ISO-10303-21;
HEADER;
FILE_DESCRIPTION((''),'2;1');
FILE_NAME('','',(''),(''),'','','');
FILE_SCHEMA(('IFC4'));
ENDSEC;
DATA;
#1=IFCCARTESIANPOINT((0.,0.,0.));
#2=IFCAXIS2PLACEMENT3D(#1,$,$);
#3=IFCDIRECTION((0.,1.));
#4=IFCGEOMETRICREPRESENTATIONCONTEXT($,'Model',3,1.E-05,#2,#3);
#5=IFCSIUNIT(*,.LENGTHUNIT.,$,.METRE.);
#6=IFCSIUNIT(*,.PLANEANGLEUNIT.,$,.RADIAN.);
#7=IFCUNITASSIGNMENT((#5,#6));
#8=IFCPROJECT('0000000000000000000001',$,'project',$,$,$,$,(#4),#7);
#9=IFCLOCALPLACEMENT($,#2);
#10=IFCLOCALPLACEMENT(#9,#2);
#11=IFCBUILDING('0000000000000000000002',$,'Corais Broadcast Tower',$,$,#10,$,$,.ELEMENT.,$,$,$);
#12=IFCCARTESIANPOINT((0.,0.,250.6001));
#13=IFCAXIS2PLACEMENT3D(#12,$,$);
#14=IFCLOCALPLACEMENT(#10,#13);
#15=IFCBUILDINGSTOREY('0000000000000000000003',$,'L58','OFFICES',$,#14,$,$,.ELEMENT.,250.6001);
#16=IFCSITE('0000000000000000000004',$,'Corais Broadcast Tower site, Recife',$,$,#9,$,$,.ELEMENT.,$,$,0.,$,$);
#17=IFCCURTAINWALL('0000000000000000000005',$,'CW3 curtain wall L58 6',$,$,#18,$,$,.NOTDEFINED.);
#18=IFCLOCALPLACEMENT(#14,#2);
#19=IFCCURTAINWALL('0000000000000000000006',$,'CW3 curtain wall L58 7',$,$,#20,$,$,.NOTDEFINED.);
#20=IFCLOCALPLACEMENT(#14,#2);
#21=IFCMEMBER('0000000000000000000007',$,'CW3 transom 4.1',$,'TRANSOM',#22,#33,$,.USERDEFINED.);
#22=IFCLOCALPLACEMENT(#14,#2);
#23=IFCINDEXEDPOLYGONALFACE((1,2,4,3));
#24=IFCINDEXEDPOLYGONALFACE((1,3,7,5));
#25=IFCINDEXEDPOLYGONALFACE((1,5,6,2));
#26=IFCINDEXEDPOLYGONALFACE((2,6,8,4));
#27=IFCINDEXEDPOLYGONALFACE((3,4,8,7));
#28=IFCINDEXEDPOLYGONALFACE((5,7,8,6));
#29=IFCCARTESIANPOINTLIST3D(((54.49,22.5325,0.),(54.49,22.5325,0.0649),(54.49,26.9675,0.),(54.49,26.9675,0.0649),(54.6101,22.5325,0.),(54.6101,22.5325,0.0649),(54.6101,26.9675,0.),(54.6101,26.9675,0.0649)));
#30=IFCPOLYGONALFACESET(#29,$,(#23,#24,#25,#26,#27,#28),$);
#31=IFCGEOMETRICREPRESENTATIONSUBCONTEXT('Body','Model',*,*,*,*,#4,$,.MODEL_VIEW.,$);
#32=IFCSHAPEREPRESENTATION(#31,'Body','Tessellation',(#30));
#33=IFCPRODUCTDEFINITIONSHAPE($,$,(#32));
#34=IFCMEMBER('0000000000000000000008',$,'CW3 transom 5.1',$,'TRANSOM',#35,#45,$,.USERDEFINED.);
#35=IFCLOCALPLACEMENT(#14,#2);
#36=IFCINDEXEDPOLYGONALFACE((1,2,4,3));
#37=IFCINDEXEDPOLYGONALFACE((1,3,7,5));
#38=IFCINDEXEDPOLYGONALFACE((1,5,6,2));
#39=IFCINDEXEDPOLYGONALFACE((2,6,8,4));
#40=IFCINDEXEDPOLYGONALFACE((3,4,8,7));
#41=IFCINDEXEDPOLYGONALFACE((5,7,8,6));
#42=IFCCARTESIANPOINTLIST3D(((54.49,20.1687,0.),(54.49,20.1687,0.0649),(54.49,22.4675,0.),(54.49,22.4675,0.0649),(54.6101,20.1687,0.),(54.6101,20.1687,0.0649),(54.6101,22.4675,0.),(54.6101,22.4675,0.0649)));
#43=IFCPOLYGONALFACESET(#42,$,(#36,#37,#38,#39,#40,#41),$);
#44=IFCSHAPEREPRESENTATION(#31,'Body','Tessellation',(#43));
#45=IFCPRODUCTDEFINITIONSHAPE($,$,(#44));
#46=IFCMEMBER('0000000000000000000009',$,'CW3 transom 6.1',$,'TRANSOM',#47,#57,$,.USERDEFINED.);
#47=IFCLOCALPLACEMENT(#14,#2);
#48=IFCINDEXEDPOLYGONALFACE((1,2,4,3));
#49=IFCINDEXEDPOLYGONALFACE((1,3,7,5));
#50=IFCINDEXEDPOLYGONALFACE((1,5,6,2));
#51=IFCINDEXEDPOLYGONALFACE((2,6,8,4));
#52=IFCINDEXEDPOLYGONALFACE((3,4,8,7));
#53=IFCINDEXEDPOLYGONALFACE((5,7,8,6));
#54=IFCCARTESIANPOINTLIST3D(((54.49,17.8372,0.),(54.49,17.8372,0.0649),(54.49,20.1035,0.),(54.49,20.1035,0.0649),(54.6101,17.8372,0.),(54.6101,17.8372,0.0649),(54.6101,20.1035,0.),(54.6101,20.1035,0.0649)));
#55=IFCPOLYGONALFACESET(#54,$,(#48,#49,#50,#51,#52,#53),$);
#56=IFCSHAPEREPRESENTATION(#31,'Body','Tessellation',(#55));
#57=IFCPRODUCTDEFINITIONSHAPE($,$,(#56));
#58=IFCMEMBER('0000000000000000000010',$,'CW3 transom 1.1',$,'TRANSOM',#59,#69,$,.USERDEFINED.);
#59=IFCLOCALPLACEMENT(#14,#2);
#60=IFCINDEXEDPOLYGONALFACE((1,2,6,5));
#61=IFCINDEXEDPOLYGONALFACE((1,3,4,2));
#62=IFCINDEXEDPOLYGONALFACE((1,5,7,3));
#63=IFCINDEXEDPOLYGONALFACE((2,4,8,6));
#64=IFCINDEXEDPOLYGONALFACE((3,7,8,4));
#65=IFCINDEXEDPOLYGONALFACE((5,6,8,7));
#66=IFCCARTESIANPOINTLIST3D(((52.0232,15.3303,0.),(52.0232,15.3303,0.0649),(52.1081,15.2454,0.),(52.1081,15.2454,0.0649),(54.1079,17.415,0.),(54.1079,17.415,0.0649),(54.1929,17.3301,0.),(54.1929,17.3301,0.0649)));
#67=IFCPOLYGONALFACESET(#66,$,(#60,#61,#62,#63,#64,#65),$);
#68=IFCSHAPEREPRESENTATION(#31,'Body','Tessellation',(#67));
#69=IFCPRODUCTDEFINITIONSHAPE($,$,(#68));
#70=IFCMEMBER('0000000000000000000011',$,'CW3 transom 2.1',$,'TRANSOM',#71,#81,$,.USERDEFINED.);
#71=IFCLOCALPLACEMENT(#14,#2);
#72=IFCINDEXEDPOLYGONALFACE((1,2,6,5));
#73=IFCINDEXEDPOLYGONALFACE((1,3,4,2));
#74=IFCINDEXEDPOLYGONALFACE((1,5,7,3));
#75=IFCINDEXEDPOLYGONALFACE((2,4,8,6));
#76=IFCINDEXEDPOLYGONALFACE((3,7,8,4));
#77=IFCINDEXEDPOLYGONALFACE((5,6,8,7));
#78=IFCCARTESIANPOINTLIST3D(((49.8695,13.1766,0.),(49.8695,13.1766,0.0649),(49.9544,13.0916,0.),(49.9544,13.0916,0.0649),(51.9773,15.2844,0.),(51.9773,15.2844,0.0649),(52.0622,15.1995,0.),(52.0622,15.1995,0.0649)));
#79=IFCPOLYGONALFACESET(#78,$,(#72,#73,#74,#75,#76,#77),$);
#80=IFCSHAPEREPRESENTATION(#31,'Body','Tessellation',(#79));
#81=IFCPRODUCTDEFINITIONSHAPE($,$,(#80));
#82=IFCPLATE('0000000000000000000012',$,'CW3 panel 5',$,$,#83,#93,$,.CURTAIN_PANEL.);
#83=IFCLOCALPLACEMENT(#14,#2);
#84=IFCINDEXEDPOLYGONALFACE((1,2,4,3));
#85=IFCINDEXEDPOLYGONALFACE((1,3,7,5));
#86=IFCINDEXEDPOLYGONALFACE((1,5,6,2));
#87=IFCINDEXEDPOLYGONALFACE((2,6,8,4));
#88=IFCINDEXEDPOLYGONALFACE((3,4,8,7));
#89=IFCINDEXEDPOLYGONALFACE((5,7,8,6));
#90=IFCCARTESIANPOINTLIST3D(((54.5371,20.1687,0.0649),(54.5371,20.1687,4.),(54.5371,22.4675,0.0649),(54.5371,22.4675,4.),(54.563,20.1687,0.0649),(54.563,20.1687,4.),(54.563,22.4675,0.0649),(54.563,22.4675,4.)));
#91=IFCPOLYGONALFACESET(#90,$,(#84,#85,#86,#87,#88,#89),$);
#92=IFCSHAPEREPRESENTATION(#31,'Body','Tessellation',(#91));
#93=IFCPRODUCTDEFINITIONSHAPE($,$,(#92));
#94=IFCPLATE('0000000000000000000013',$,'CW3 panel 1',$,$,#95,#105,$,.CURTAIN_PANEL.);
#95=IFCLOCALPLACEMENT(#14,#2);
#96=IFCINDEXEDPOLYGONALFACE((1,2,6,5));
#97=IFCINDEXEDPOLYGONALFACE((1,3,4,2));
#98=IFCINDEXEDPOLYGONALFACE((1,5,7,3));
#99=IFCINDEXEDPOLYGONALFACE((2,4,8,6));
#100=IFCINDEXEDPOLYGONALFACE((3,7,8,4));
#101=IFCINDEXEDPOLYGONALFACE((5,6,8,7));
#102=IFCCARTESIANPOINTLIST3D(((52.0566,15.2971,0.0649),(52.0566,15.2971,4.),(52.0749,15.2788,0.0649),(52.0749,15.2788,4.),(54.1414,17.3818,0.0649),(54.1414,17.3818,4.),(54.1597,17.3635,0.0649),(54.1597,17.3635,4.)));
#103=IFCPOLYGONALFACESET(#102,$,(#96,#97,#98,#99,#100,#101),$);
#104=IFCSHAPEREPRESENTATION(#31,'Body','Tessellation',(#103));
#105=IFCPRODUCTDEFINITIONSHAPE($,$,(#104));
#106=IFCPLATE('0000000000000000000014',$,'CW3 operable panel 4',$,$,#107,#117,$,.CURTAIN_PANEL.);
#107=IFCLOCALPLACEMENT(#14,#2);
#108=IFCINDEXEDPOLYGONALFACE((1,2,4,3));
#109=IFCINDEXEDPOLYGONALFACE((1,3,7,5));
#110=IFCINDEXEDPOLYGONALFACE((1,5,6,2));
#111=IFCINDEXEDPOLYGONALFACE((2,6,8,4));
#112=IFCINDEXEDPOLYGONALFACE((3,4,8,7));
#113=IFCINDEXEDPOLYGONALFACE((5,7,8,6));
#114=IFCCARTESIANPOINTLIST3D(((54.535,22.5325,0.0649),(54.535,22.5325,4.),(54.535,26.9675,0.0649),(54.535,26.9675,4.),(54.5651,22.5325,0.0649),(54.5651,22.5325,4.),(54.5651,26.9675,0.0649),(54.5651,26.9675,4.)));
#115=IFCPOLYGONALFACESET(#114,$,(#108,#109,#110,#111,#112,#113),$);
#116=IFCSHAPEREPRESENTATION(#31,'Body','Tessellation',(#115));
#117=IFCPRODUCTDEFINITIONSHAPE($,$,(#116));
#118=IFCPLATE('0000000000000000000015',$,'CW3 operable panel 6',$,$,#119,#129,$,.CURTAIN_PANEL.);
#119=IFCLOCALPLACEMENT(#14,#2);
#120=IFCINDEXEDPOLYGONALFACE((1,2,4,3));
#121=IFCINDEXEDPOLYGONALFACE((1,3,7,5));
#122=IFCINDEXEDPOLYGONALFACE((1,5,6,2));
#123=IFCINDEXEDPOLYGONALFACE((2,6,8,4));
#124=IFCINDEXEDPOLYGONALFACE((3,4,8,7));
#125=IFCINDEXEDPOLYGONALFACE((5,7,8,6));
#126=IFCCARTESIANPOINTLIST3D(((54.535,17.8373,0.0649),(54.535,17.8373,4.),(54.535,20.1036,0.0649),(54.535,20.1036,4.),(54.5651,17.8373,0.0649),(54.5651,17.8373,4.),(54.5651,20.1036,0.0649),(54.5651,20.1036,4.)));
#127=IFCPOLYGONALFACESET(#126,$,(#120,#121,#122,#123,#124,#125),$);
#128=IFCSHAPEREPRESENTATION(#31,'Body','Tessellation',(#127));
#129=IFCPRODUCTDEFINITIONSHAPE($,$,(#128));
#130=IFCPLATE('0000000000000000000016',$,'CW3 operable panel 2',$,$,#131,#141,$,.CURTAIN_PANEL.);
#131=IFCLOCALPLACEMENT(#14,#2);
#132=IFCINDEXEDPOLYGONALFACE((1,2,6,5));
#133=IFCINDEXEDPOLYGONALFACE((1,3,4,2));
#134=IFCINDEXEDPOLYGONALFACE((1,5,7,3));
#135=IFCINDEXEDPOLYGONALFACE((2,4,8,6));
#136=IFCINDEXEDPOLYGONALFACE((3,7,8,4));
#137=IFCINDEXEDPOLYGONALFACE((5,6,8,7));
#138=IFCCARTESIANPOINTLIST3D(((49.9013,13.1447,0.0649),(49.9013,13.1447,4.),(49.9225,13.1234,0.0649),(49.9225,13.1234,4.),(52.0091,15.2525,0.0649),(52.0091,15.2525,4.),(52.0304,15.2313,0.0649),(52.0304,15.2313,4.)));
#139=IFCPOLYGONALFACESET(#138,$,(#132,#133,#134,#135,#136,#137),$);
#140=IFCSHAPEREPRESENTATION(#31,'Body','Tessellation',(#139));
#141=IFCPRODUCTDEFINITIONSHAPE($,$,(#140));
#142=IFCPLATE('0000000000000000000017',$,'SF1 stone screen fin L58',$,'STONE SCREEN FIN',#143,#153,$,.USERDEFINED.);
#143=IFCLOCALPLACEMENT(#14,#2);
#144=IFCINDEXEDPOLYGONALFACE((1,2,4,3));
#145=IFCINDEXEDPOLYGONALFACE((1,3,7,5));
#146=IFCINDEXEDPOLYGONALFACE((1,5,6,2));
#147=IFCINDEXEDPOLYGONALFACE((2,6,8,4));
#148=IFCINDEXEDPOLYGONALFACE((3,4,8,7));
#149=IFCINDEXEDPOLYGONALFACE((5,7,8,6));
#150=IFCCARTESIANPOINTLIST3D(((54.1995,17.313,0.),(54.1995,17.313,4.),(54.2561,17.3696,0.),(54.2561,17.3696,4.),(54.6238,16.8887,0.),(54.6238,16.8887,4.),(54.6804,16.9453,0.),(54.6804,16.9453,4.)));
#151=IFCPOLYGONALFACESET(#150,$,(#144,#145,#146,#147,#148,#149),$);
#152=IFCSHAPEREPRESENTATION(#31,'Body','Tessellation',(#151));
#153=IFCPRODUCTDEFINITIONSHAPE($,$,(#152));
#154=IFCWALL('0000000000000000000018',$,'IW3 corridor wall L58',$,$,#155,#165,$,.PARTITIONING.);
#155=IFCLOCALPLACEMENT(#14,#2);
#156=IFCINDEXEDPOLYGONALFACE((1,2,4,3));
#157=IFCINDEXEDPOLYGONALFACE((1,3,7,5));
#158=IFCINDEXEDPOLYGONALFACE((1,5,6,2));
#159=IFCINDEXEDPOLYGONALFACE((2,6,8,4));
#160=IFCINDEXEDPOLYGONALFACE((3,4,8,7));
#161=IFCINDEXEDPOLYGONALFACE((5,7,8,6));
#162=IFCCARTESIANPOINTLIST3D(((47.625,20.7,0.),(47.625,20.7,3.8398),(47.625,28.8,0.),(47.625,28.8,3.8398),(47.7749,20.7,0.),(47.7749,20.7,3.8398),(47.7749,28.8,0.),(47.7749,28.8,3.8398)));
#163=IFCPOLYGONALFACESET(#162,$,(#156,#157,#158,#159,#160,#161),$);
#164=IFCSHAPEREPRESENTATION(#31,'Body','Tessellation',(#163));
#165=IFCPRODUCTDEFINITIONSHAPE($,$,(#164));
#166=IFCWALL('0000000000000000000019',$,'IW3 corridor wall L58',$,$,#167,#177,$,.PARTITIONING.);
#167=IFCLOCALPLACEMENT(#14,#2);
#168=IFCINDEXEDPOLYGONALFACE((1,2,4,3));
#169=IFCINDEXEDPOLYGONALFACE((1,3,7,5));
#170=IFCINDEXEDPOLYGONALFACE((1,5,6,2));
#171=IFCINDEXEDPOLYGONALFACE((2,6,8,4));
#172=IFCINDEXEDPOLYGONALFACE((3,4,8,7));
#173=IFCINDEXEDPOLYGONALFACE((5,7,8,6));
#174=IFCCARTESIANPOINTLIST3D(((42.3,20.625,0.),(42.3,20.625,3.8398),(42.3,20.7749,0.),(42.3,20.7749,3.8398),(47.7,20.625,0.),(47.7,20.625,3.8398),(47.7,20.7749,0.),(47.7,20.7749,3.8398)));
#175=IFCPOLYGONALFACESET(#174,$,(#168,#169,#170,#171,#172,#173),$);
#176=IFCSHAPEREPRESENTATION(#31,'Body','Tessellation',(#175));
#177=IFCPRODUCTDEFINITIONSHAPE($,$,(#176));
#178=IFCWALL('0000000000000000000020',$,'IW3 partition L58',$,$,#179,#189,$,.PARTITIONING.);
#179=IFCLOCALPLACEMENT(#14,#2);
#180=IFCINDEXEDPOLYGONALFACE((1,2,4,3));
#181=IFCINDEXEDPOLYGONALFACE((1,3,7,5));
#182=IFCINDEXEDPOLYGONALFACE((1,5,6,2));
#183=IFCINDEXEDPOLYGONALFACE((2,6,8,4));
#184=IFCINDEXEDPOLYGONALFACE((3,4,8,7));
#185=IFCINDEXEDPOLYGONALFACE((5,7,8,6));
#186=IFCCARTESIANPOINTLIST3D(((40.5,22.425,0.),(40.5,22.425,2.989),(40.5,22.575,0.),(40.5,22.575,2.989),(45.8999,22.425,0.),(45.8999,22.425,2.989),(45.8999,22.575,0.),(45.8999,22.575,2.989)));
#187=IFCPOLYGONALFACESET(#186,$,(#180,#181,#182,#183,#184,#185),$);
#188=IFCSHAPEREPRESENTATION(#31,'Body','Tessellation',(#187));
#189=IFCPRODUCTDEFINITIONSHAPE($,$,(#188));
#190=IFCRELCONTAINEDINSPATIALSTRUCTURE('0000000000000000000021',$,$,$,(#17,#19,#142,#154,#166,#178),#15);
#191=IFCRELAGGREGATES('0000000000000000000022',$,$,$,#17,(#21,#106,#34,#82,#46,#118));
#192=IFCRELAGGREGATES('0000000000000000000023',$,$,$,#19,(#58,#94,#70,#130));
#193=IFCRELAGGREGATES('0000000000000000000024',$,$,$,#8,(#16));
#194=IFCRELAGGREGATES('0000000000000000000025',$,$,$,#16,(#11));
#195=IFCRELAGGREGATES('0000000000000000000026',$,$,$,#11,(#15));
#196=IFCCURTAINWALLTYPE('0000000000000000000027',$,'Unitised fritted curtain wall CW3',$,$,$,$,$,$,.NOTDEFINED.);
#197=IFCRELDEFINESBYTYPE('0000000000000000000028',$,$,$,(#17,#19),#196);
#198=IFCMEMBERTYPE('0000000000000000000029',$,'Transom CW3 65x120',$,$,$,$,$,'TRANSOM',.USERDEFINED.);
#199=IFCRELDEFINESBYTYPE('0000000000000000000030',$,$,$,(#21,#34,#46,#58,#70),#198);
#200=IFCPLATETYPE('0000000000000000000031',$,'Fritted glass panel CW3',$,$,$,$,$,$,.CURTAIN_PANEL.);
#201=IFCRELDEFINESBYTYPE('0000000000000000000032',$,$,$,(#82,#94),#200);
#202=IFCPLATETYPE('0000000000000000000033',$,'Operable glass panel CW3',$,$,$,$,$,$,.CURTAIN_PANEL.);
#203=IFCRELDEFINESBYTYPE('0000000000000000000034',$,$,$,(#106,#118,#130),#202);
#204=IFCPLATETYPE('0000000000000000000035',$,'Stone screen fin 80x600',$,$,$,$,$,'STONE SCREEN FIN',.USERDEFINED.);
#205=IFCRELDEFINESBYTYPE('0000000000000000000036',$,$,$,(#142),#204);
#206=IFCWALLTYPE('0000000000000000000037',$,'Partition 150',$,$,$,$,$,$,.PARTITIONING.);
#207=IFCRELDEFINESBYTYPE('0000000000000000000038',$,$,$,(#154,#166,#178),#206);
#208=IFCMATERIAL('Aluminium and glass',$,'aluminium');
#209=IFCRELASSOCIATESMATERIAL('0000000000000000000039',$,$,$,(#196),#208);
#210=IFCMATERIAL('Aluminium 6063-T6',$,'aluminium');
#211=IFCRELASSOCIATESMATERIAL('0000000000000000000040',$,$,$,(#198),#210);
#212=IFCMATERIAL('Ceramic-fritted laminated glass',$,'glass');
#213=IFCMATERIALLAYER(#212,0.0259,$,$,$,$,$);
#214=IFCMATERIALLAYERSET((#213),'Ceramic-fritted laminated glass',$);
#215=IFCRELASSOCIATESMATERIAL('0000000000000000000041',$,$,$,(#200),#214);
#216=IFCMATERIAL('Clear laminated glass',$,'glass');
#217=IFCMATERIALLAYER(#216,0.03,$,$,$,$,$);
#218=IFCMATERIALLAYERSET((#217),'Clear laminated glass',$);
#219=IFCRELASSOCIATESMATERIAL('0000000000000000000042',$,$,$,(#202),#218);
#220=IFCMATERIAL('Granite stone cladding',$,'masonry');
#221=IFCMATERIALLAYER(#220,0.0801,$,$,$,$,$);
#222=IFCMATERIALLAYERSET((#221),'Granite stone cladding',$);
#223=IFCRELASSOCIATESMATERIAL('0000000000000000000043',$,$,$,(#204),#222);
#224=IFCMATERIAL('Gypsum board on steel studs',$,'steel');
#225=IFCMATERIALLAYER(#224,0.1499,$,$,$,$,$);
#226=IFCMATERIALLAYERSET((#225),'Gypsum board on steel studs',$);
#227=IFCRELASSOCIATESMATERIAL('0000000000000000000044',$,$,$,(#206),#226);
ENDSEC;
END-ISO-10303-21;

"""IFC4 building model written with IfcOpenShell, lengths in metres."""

from ifc_helpers import new_model, si_unit, direction, frame, frame_2d, origin, origin_2d, place, context, subcontext, project, spatial, rectangle, extrude, material, layer, layer_set, material_profile, profile_set, type_object, element, aggregate, save


model = new_model("IFC4")

# Units and contexts
model_context = context("Model", 3, precision=1e-05, world=origin(), true_north=direction((0.0, 1.0)))
body_context = subcontext(model_context, "Body", "Model", "MODEL_VIEW")
ifc_project = project(units=[si_unit("LENGTHUNIT", "METRE"), si_unit("PLANEANGLEUNIT", "RADIAN")], contexts=[model_context])

# Site, building, storey
site_placement = place(None, origin())
site = spatial("IfcSite", under=ifc_project, at=site_placement, Name="Corais Broadcast Tower site, Recife", CompositionType="ELEMENT", RefElevation=0.0)
building_placement = place(site_placement, origin())
building = spatial("IfcBuilding", under=site, at=building_placement, Name="Corais Broadcast Tower", CompositionType="ELEMENT")
storey_placement = place(building_placement, frame((0.0, 0.0, 250.6001)))
storey = spatial("IfcBuildingStorey", under=building, at=storey_placement, Name="L58", Description="OFFICES", CompositionType="ELEMENT", Elevation=250.6001)

# Curtain walls
ifc_material_1 = material(Name="Aluminium and glass", Category="aluminium")
curtain_wall_type = type_object("IfcCurtainWallType", Name="Unitised fritted curtain wall CW3", PredefinedType="NOTDEFINED", material=ifc_material_1)
curtain_wall_1_placement = place(storey_placement, origin())
curtain_wall_1 = element("IfcCurtainWall", 1, at=curtain_wall_1_placement, inside=storey, type_object=curtain_wall_type, Name="CW3 curtain wall L58 6", PredefinedType="NOTDEFINED")
curtain_wall_2_placement = place(storey_placement, origin())
curtain_wall_2 = element("IfcCurtainWall", 2, at=curtain_wall_2_placement, inside=storey, type_object=curtain_wall_type, Name="CW3 curtain wall L58 7", PredefinedType="NOTDEFINED")

# Members
ifc_material_2 = material(Name="Aluminium 6063-T6", Category="aluminium")
ifc_material_profile_1 = material_profile(ifc_material_2, rectangle(XDim=0.1201, YDim=0.0649, at=origin_2d()), Name="Transom CW3 65x120")
ifc_profile_set_1 = profile_set([ifc_material_profile_1], Name="Aluminium 6063-T6")
member_type_1 = type_object("IfcMemberType", Name="Transom CW3 65x120", ElementType="TRANSOM", PredefinedType="USERDEFINED", material=ifc_profile_set_1)
member_1_placement = place(storey_placement, frame((54.55, 26.9675, 0.0325), z_axis=(0.0, -1.0, 0.0), x_axis=(1.0, 0.0, 0.0)))
member_1 = element("IfcMember", 3, at=member_1_placement, type_object=member_type_1, Name="CW3 transom 4.1", ObjectType="TRANSOM", PredefinedType="USERDEFINED", context=body_context, shape_type="SweptSolid", body=[
    extrude(rectangle(XDim=0.1201, YDim=0.0649, at=origin_2d()), origin(), (0.0, 0.0, 1.0), 4.4351),
])
member_2_placement = place(storey_placement, frame((54.55, 22.4675, 0.0325), z_axis=(0.0, -1.0, 0.0), x_axis=(1.0, 0.0, 0.0)))
member_2 = element("IfcMember", 4, at=member_2_placement, type_object=member_type_1, Name="CW3 transom 5.1", ObjectType="TRANSOM", PredefinedType="USERDEFINED", context=body_context, shape_type="SweptSolid", body=[
    extrude(rectangle(XDim=0.1201, YDim=0.0649, at=origin_2d()), origin(), (0.0, 0.0, 1.0), 2.2988),
])
member_3_placement = place(storey_placement, frame((54.55, 20.1035, 0.0325), z_axis=(0.0, -1.0, 0.0), x_axis=(1.0, 0.0, 0.0)))
member_3 = element("IfcMember", 5, at=member_3_placement, type_object=member_type_1, Name="CW3 transom 6.1", ObjectType="TRANSOM", PredefinedType="USERDEFINED", context=body_context, shape_type="SweptSolid", body=[
    extrude(rectangle(XDim=0.1201, YDim=0.0649, at=origin_2d()), origin(), (0.0, 0.0, 1.0), 2.2664),
])
member_4_placement = place(storey_placement, frame((54.1504, 17.3726, 0.0325), z_axis=(-0.707107, -0.707107, 0.0), x_axis=(0.707107, -0.707107, 0.0)))
member_4 = element("IfcMember", 6, at=member_4_placement, type_object=member_type_1, Name="CW3 transom 1.1", ObjectType="TRANSOM", PredefinedType="USERDEFINED", context=body_context, shape_type="SweptSolid", body=[
    extrude(rectangle(XDim=0.1201, YDim=0.0649, at=origin_2d()), origin(), (0.0, 0.0, 1.0), 2.9482),
])
member_5_placement = place(storey_placement, frame((52.0198, 15.2419, 0.0325), z_axis=(-0.707107, -0.707107, 0.0), x_axis=(0.707107, -0.707107, 0.0)))
member_5 = element("IfcMember", 7, at=member_5_placement, type_object=member_type_1, Name="CW3 transom 2.1", ObjectType="TRANSOM", PredefinedType="USERDEFINED", context=body_context, shape_type="SweptSolid", body=[
    extrude(rectangle(XDim=0.1201, YDim=0.0649, at=origin_2d()), origin(), (0.0, 0.0, 1.0), 2.981),
])

# Plates
ifc_material_3 = material(Name="Ceramic-fritted laminated glass", Category="glass")
ifc_layer_1 = layer(ifc_material_3, 0.0259)
ifc_layer_set_1 = layer_set([ifc_layer_1], Name="Ceramic-fritted laminated glass")
plate_type_1 = type_object("IfcPlateType", Name="Fritted glass panel CW3", PredefinedType="CURTAIN_PANEL", material=ifc_layer_set_1)
plate_1_placement = place(storey_placement, frame((54.55, 21.3181, 0.0649), z_axis=(0.0, 0.0, 1.0), x_axis=(0.0, -1.0, 0.0)))
plate_1 = element("IfcPlate", 8, at=plate_1_placement, type_object=plate_type_1, Name="CW3 panel 5", PredefinedType="CURTAIN_PANEL", context=body_context, shape_type="SweptSolid", body=[
    extrude(rectangle(XDim=2.2988, YDim=0.0259, at=origin_2d()), origin(), (0.0, 0.0, 1.0), 3.9351),
])
plate_2_placement = place(storey_placement, frame((53.1082, 16.3303, 0.0649), z_axis=(0.0, 0.0, 1.0), x_axis=(-0.707107, -0.707107, 0.0)))
plate_2 = element("IfcPlate", 9, at=plate_2_placement, type_object=plate_type_1, Name="CW3 panel 1", PredefinedType="CURTAIN_PANEL", context=body_context, shape_type="SweptSolid", body=[
    extrude(rectangle(XDim=2.9482, YDim=0.0259, at=origin_2d()), origin(), (0.0, 0.0, 1.0), 3.9351),
])
ifc_material_4 = material(Name="Clear laminated glass", Category="glass")
ifc_layer_2 = layer(ifc_material_4, 0.03)
ifc_layer_set_2 = layer_set([ifc_layer_2], Name="Clear laminated glass")
plate_type_2 = type_object("IfcPlateType", Name="Operable glass panel CW3", PredefinedType="CURTAIN_PANEL", material=ifc_layer_set_2)
plate_3_placement = place(storey_placement, frame((54.55, 24.75, 0.0649), z_axis=(0.0, 0.0, 1.0), x_axis=(0.0, -1.0, 0.0)))
plate_3 = element("IfcPlate", 10, at=plate_3_placement, type_object=plate_type_2, Name="CW3 operable panel 4", PredefinedType="CURTAIN_PANEL", context=body_context, shape_type="SweptSolid", body=[
    extrude(rectangle(XDim=4.4351, YDim=0.03, at=origin_2d()), origin(), (0.0, 0.0, 1.0), 3.9351),
])
plate_4_placement = place(storey_placement, frame((54.55, 18.9705, 0.0649), z_axis=(0.0, 0.0, 1.0), x_axis=(0.0, -1.0, 0.0)))
plate_4 = element("IfcPlate", 11, at=plate_4_placement, type_object=plate_type_2, Name="CW3 operable panel 6", PredefinedType="CURTAIN_PANEL", context=body_context, shape_type="SweptSolid", body=[
    extrude(rectangle(XDim=2.2664, YDim=0.03, at=origin_2d()), origin(), (0.0, 0.0, 1.0), 3.9351),
])
aggregate(curtain_wall_1, [member_1, plate_3, member_2, plate_1, member_3, plate_4])
plate_5_placement = place(storey_placement, frame((50.9658, 14.188, 0.0649), z_axis=(0.0, 0.0, 1.0), x_axis=(-0.707107, -0.707107, 0.0)))
plate_5 = element("IfcPlate", 12, at=plate_5_placement, type_object=plate_type_2, Name="CW3 operable panel 2", PredefinedType="CURTAIN_PANEL", context=body_context, shape_type="SweptSolid", body=[
    extrude(rectangle(XDim=2.981, YDim=0.03, at=origin_2d()), origin(), (0.0, 0.0, 1.0), 3.9351),
])
aggregate(curtain_wall_2, [member_4, plate_2, member_5, plate_5])
ifc_material_5 = material(Name="Granite stone cladding", Category="masonry")
ifc_layer_3 = layer(ifc_material_5, 0.0801)
ifc_layer_set_3 = layer_set([ifc_layer_3], Name="Granite stone cladding")
plate_type_3 = type_object("IfcPlateType", Name="Stone screen fin 80x600", ElementType="STONE SCREEN FIN", PredefinedType="USERDEFINED", material=ifc_layer_set_3)
plate_6_placement = place(storey_placement, frame((54.4399, 17.1292, 0.0), z_axis=(0.0, 0.0, 1.0), x_axis=(-0.707107, -0.707107, 0.0)))
element("IfcPlate", 13, at=plate_6_placement, inside=storey, type_object=plate_type_3, Name="SF1 stone screen fin L58", ObjectType="STONE SCREEN FIN", PredefinedType="USERDEFINED", context=body_context, shape_type="SweptSolid", body=[
    extrude(rectangle(XDim=0.0801, YDim=0.6001, at=origin_2d()), origin(), (0.0, 0.0, 1.0), 4.0),
])

# Walls
ifc_material_6 = material(Name="Gypsum board on steel studs", Category="steel")
ifc_layer_4 = layer(ifc_material_6, 0.1499)
ifc_layer_set_4 = layer_set([ifc_layer_4], Name="Gypsum board on steel studs")
wall_type = type_object("IfcWallType", Name="Partition 150", PredefinedType="PARTITIONING", material=ifc_layer_set_4)
wall_1_placement = place(storey_placement, frame((47.7, 20.7, 0.0), z_axis=(0.0, 0.0, 1.0), x_axis=(0.0, 1.0, 0.0)))
element("IfcWall", 14, at=wall_1_placement, inside=storey, type_object=wall_type, Name="IW3 corridor wall L58", PredefinedType="PARTITIONING", context=body_context, shape_type="SweptSolid", body=[
    extrude(rectangle(XDim=8.1001, YDim=0.1499, at=frame_2d((4.05, 0.0))), origin(), (0.0, 0.0, 1.0), 3.8398),
])
wall_2_placement = place(storey_placement, frame((42.3, 20.7, 0.0), z_axis=(0.0, 0.0, 1.0), x_axis=(1.0, 0.0, 0.0)))
element("IfcWall", 15, at=wall_2_placement, inside=storey, type_object=wall_type, Name="IW3 corridor wall L58", PredefinedType="PARTITIONING", context=body_context, shape_type="SweptSolid", body=[
    extrude(rectangle(XDim=5.3999, YDim=0.1499, at=frame_2d((2.7, 0.0))), origin(), (0.0, 0.0, 1.0), 3.8398),
])
wall_3_placement = place(storey_placement, frame((40.5, 22.5, 0.0), z_axis=(0.0, 0.0, 1.0), x_axis=(1.0, 0.0, 0.0)))
element("IfcWall", 16, at=wall_3_placement, inside=storey, type_object=wall_type, Name="IW3 partition L58", PredefinedType="PARTITIONING", context=body_context, shape_type="SweptSolid", body=[
    extrude(rectangle(XDim=5.3999, YDim=0.1499, at=frame_2d((2.7, 0.0))), origin(), (0.0, 0.0, 1.0), 2.989),
])

save(model, "model.ifc")
